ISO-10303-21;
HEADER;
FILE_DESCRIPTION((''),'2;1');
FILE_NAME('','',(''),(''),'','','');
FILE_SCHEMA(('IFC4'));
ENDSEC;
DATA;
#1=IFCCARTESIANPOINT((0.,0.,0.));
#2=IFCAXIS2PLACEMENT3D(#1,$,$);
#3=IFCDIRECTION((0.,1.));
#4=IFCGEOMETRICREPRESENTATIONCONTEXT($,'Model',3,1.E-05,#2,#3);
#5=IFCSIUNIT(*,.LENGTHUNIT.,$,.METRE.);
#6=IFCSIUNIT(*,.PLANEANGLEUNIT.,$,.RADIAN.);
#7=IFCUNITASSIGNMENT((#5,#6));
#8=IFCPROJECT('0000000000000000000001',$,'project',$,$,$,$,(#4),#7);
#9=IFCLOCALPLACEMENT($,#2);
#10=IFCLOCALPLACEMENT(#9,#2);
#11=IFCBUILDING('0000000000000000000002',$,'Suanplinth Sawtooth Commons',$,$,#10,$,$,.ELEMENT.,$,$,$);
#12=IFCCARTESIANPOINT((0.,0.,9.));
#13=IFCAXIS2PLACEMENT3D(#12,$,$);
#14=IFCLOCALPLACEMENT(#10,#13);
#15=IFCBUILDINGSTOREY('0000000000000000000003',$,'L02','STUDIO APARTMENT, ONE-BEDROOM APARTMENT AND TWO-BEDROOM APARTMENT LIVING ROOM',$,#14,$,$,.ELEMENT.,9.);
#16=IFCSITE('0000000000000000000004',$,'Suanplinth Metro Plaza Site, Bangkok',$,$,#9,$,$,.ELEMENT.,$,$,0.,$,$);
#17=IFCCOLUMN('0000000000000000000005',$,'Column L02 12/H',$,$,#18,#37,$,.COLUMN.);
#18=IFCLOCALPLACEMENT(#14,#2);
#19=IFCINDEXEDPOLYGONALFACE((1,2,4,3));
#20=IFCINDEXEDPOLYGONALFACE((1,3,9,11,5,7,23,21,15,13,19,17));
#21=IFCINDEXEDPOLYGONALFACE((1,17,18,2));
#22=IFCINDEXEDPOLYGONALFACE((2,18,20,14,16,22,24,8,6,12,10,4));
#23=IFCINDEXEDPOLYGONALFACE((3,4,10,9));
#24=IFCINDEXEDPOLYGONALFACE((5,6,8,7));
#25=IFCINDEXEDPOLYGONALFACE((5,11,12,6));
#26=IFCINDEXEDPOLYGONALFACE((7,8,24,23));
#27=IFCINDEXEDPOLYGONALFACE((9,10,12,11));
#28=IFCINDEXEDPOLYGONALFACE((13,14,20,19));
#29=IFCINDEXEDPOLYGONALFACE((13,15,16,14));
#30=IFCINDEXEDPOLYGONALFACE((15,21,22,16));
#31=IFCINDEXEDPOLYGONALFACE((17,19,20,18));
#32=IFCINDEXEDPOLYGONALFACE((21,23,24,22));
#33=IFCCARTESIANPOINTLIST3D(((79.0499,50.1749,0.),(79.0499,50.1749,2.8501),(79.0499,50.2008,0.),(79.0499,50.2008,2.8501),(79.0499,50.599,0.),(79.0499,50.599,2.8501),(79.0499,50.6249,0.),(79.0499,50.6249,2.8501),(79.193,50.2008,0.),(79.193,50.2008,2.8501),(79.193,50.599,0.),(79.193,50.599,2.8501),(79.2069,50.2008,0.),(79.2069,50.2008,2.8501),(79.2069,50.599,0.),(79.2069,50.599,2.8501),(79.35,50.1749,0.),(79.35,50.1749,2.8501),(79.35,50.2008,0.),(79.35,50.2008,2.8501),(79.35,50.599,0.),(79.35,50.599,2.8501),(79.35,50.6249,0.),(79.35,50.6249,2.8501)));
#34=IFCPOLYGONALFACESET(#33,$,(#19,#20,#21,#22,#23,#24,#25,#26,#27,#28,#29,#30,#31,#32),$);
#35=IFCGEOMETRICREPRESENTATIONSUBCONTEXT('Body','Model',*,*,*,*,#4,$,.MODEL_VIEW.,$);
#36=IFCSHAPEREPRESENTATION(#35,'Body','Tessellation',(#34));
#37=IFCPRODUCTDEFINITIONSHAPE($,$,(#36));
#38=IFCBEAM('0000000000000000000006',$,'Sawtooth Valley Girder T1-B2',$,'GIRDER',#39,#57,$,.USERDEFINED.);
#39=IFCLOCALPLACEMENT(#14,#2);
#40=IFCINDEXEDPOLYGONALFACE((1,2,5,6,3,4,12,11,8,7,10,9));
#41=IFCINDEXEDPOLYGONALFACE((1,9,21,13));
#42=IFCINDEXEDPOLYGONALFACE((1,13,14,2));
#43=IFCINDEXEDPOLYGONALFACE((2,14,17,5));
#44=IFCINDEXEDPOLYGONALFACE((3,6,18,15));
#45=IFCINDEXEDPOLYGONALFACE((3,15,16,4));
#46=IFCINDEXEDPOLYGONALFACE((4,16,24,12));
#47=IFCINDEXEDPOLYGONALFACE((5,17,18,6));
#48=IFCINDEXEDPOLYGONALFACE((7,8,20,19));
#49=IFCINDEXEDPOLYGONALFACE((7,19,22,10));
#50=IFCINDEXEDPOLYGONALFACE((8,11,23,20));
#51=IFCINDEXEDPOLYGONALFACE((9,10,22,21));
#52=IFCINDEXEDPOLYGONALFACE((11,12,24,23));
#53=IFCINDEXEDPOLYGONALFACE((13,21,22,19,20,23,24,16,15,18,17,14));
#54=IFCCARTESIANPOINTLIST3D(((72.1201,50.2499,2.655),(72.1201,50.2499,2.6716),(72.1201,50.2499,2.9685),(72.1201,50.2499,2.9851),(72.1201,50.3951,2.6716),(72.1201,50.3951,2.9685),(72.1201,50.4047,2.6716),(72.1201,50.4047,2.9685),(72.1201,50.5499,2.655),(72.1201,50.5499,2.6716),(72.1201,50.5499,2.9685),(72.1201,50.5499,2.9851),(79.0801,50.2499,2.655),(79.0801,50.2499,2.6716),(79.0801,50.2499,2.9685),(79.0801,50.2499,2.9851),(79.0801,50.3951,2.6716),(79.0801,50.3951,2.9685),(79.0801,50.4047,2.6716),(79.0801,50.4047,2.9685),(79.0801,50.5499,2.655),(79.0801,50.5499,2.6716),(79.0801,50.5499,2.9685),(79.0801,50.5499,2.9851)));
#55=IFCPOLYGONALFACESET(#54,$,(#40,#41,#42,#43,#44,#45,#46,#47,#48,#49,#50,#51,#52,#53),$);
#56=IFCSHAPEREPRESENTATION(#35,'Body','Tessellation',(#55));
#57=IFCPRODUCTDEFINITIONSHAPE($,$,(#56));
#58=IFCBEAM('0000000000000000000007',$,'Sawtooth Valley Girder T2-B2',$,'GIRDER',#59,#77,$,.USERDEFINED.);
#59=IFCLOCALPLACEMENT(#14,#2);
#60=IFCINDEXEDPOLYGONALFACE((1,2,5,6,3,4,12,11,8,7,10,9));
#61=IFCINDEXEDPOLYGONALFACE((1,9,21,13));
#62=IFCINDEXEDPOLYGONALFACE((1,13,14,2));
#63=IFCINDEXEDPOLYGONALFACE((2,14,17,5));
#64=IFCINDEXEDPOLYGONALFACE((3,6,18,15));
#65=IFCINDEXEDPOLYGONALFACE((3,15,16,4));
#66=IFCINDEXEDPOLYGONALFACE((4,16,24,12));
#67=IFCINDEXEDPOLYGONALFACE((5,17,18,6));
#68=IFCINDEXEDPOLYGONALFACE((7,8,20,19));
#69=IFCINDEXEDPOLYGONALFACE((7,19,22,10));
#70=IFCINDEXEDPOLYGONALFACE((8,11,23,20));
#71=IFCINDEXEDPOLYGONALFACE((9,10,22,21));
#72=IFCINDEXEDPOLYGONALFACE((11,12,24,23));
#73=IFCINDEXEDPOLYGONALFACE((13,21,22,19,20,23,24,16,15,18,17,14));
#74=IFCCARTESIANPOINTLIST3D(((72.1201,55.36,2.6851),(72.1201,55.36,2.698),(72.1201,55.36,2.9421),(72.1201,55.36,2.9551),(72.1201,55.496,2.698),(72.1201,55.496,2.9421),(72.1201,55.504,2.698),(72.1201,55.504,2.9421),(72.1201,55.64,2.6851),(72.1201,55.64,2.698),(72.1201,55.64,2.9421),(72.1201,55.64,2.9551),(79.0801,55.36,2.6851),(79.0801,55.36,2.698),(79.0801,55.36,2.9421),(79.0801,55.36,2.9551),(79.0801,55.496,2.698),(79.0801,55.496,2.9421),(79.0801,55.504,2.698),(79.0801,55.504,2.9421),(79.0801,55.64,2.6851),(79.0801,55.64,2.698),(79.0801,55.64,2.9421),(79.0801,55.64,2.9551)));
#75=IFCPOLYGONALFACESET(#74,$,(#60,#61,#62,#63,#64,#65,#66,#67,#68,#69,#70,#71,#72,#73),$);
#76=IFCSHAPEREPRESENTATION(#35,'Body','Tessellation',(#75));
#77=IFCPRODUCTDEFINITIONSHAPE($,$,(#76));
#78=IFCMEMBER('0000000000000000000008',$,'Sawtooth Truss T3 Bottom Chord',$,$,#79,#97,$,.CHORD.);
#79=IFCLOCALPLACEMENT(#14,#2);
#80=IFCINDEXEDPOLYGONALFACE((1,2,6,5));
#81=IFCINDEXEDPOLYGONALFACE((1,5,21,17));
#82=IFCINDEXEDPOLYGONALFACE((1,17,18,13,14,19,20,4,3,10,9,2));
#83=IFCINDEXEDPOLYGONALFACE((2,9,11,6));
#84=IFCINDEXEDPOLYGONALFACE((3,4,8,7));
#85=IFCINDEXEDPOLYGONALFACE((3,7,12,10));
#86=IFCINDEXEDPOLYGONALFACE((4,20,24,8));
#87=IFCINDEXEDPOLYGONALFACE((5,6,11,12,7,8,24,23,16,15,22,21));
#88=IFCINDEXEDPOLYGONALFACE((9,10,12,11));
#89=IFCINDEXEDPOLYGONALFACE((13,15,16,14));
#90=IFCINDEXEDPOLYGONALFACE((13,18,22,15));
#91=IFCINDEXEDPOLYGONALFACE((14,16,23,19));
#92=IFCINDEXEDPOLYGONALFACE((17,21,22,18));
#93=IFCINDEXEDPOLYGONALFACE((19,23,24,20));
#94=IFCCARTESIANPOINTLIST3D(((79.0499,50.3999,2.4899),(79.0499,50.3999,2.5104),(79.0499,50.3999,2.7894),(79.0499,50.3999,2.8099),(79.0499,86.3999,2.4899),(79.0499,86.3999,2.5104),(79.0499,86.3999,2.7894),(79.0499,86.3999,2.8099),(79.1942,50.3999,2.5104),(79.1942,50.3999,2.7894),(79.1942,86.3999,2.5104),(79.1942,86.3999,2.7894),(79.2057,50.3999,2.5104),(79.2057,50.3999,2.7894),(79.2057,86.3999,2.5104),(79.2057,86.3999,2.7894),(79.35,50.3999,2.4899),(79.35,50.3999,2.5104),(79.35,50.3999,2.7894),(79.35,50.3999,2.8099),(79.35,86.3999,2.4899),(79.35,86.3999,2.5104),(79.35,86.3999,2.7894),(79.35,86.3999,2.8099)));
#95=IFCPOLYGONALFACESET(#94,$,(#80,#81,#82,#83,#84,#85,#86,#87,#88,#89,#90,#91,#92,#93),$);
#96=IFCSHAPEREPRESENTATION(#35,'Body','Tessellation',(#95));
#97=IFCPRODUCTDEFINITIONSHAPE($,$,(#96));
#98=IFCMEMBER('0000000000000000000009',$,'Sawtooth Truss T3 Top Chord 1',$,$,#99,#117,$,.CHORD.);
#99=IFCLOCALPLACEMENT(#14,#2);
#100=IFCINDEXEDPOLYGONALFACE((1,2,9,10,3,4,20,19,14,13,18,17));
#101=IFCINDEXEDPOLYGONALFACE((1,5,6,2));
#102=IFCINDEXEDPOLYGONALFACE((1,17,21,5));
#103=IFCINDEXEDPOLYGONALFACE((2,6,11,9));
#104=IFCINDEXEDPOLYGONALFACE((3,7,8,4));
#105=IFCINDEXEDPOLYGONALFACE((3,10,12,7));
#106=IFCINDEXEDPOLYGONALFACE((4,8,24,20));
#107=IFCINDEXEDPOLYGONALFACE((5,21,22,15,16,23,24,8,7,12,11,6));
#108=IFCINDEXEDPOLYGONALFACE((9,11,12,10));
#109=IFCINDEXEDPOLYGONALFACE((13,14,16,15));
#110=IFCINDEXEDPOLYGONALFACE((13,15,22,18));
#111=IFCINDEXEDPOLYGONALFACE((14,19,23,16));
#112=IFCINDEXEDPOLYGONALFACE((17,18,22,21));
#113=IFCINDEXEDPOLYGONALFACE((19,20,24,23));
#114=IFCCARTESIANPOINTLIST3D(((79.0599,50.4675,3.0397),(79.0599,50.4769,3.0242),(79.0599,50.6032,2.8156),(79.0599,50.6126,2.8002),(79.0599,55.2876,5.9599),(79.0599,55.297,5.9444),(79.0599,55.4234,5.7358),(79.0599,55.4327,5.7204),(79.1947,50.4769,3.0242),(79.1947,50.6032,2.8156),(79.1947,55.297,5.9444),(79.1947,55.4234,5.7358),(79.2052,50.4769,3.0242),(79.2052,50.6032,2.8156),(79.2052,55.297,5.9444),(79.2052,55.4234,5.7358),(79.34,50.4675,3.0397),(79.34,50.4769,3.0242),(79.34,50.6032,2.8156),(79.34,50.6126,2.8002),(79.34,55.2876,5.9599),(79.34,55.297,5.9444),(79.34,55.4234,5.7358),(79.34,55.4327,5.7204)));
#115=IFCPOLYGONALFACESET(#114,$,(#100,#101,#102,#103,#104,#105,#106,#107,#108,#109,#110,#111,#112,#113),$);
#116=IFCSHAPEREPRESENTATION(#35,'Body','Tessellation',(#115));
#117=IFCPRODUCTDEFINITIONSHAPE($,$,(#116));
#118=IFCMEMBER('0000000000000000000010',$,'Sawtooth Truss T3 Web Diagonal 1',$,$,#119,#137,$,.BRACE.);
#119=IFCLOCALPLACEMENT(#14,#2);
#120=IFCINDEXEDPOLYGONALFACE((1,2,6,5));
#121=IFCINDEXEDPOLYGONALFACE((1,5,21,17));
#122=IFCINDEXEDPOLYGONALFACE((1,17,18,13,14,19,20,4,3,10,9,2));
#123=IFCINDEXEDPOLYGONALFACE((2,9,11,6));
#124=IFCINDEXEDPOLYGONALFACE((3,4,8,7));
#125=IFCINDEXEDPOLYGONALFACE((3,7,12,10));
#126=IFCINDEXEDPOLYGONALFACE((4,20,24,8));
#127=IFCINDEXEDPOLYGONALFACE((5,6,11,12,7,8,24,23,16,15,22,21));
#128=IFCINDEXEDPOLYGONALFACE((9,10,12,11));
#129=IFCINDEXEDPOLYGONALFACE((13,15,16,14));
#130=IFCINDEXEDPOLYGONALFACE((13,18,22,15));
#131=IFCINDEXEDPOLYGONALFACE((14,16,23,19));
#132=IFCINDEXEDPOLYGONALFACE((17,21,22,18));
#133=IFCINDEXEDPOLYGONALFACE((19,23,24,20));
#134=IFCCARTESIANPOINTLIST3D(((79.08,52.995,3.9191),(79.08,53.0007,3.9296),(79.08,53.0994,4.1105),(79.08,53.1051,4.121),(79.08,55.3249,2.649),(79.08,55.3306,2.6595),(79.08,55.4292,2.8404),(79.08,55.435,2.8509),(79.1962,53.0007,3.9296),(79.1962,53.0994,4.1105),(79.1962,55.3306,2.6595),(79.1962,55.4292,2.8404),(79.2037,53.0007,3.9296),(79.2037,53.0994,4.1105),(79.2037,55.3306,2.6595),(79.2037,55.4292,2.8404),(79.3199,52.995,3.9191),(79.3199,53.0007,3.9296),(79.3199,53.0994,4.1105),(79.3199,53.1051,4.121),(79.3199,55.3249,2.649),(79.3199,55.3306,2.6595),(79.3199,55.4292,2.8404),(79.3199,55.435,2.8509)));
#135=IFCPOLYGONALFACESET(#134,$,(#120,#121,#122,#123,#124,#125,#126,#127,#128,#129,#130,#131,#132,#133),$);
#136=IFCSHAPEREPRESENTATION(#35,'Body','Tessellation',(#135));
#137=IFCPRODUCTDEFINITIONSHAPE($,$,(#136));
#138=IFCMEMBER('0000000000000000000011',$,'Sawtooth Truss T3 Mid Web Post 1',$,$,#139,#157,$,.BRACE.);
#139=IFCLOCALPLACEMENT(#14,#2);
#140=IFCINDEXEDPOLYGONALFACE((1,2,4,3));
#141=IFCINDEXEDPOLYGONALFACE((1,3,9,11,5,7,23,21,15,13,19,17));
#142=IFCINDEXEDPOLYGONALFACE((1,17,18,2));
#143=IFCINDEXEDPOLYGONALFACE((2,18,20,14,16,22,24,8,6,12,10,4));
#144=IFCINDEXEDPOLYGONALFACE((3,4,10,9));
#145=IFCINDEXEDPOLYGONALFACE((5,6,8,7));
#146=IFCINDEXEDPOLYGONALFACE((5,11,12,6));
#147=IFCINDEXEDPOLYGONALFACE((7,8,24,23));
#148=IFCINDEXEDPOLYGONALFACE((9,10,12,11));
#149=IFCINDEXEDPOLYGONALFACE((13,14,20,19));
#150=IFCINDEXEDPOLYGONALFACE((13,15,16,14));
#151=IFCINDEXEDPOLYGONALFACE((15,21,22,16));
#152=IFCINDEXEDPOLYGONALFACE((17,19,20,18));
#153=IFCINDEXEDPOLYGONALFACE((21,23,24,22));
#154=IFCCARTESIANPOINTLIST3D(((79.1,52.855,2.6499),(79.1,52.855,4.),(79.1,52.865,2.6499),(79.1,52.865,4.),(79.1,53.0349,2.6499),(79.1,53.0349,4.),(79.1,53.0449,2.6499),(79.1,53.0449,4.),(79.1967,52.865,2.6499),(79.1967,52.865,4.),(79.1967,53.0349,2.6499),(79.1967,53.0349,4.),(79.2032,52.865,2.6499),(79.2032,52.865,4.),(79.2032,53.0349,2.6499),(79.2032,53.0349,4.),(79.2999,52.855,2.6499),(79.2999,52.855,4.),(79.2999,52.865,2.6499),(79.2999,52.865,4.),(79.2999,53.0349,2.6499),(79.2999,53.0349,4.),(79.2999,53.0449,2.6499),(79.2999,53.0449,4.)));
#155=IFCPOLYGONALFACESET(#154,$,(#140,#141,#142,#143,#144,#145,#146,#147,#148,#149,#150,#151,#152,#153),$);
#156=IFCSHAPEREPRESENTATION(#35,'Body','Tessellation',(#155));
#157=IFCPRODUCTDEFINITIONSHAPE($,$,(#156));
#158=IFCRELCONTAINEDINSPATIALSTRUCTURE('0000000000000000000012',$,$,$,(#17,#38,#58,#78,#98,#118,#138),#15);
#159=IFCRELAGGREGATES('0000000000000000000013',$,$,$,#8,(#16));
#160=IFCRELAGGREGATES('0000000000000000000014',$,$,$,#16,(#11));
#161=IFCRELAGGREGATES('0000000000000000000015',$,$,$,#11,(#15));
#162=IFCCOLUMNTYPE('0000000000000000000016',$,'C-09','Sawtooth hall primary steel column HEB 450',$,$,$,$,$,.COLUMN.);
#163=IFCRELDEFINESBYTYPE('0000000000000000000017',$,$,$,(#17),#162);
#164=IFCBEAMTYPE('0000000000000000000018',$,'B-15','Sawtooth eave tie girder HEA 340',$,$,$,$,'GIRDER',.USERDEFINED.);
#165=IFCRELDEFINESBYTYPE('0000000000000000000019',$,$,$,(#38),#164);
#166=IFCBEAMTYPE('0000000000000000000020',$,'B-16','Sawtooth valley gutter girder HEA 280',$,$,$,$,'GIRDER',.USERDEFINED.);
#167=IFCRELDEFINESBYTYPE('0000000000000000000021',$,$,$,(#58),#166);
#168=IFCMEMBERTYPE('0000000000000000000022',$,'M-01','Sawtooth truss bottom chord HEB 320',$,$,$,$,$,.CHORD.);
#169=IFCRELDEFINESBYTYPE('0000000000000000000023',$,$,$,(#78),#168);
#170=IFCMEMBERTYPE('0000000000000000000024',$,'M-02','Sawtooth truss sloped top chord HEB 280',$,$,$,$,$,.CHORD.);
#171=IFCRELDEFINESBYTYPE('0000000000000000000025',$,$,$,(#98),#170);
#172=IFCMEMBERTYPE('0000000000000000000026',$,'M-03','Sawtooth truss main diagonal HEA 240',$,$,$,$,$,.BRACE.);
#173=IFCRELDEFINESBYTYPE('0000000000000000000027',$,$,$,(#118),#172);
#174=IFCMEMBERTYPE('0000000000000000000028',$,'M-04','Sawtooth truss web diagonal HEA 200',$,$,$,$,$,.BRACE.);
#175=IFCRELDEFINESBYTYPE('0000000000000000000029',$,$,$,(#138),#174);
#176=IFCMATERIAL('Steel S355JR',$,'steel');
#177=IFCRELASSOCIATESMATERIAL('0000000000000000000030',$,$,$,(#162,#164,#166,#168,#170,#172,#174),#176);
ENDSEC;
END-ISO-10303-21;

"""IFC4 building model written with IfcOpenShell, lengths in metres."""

from ifc_helpers import new_model, si_unit, direction, frame, origin, origin_2d, place, context, subcontext, project, spatial, i_section, extrude, material, material_profile, profile_set, type_object, element, save


model = new_model("IFC4")

# Units and contexts
model_context = context("Model", 3, precision=1e-05, world=origin(), true_north=direction((0.0, 1.0)))
body_context = subcontext(model_context, "Body", "Model", "MODEL_VIEW")
ifc_project = project(units=[si_unit("LENGTHUNIT", "METRE"), si_unit("PLANEANGLEUNIT", "RADIAN")], contexts=[model_context])

# Site, building, storey
site_placement = place(None, origin())
site = spatial("IfcSite", under=ifc_project, at=site_placement, Name="Suanplinth Metro Plaza Site, Bangkok", CompositionType="ELEMENT", RefElevation=0.0)
building_placement = place(site_placement, origin())
building = spatial("IfcBuilding", under=site, at=building_placement, Name="Suanplinth Sawtooth Commons", CompositionType="ELEMENT")
storey_placement = place(building_placement, frame((0.0, 0.0, 9.0)))
storey = spatial("IfcBuildingStorey", under=building, at=storey_placement, Name="L02", Description="STUDIO APARTMENT, ONE-BEDROOM APARTMENT AND TWO-BEDROOM APARTMENT LIVING ROOM", CompositionType="ELEMENT", Elevation=9.0)

# Column
ifc_material_1 = material(Name="Steel S355JR", Category="steel")
ifc_material_profile_1 = material_profile(ifc_material_1, i_section(OverallWidth=0.3, OverallDepth=0.45, WebThickness=0.0139, FlangeThickness=0.0259, at=origin_2d()), Name="HEB 450")
ifc_profile_set_1 = profile_set([ifc_material_profile_1], Name="Steel S355JR")
column_type = type_object("IfcColumnType", Name="C-09", Description="Sawtooth hall primary steel column HEB 450", PredefinedType="COLUMN", material=ifc_profile_set_1)
column_placement = place(storey_placement, frame((79.2, 50.3999, 0.0), z_axis=(0.0, 0.0, 1.0), x_axis=(1.0, 0.0, 0.0)))
element("IfcColumn", 1, at=column_placement, inside=storey, type_object=column_type, Name="Column L02 12/H", PredefinedType="COLUMN", context=body_context, shape_type="SweptSolid", body=[
    extrude(i_section(OverallWidth=0.3, OverallDepth=0.45, WebThickness=0.0139, FlangeThickness=0.0259, at=origin_2d()), origin(), (0.0, 0.0, 1.0), 2.8501),
])

# Beams
ifc_material_profile_2 = material_profile(ifc_material_1, i_section(OverallWidth=0.3, OverallDepth=0.3301, WebThickness=0.0095, FlangeThickness=0.0166, at=origin_2d()), Name="HEA 340")
ifc_profile_set_2 = profile_set([ifc_material_profile_2], Name="Steel S355JR")
beam_type_1 = type_object("IfcBeamType", Name="B-15", Description="Sawtooth eave tie girder HEA 340", ElementType="GIRDER", PredefinedType="USERDEFINED", material=ifc_profile_set_2)
beam_1_placement = place(storey_placement, frame((72.1201, 50.3999, 2.8201), z_axis=(1.0, 0.0, 0.0), x_axis=(0.0, 1.0, 0.0)))
element("IfcBeam", 2, at=beam_1_placement, inside=storey, type_object=beam_type_1, Name="Sawtooth Valley Girder T1-B2", ObjectType="GIRDER", PredefinedType="USERDEFINED", context=body_context, shape_type="SweptSolid", body=[
    extrude(i_section(OverallWidth=0.3, OverallDepth=0.3301, WebThickness=0.0095, FlangeThickness=0.0166, at=origin_2d()), origin(), (0.0, 0.0, 1.0), 6.96),
])
ifc_material_profile_3 = material_profile(ifc_material_1, i_section(OverallWidth=0.28, OverallDepth=0.27, WebThickness=0.0081, FlangeThickness=0.0129, at=origin_2d()), Name="HEA 280")
ifc_profile_set_3 = profile_set([ifc_material_profile_3], Name="Steel S355JR")
beam_type_2 = type_object("IfcBeamType", Name="B-16", Description="Sawtooth valley gutter girder HEA 280", ElementType="GIRDER", PredefinedType="USERDEFINED", material=ifc_profile_set_3)
beam_2_placement = place(storey_placement, frame((72.1201, 55.5, 2.8201), z_axis=(1.0, 0.0, 0.0), x_axis=(0.0, 1.0, 0.0)))
element("IfcBeam", 3, at=beam_2_placement, inside=storey, type_object=beam_type_2, Name="Sawtooth Valley Girder T2-B2", ObjectType="GIRDER", PredefinedType="USERDEFINED", context=body_context, shape_type="SweptSolid", body=[
    extrude(i_section(OverallWidth=0.28, OverallDepth=0.27, WebThickness=0.0081, FlangeThickness=0.0129, at=origin_2d()), origin(), (0.0, 0.0, 1.0), 6.96),
])

# Members
ifc_material_profile_4 = material_profile(ifc_material_1, i_section(OverallWidth=0.3, OverallDepth=0.3201, WebThickness=0.0115, FlangeThickness=0.0205, at=origin_2d()), Name="HEB 320")
ifc_profile_set_4 = profile_set([ifc_material_profile_4], Name="Steel S355JR")
member_type_1 = type_object("IfcMemberType", Name="M-01", Description="Sawtooth truss bottom chord HEB 320", PredefinedType="CHORD", material=ifc_profile_set_4)
member_1_placement = place(storey_placement, frame((79.2, 50.3999, 2.6499), z_axis=(0.0, 1.0, 0.0), x_axis=(-1.0, 0.0, 0.0)))
element("IfcMember", 4, at=member_1_placement, inside=storey, type_object=member_type_1, Name="Sawtooth Truss T3 Bottom Chord", PredefinedType="CHORD", context=body_context, shape_type="SweptSolid", body=[
    extrude(i_section(OverallWidth=0.3, OverallDepth=0.3201, WebThickness=0.0115, FlangeThickness=0.0205, at=origin_2d()), origin(), (0.0, 0.0, 1.0), 36.0),
])
ifc_material_profile_5 = material_profile(ifc_material_1, i_section(OverallWidth=0.28, OverallDepth=0.28, WebThickness=0.0105, FlangeThickness=0.0181, at=origin_2d()), Name="HEB 280")
ifc_profile_set_5 = profile_set([ifc_material_profile_5], Name="Steel S355JR")
member_type_2 = type_object("IfcMemberType", Name="M-02", Description="Sawtooth truss sloped top chord HEB 280", PredefinedType="CHORD", material=ifc_profile_set_5)
member_2_placement = place(storey_placement, frame((79.2, 50.54, 2.9199), z_axis=(0.0, 0.855283, 0.518161), x_axis=(-1.0, 0.0, 0.0)))
element("IfcMember", 5, at=member_2_placement, inside=storey, type_object=member_type_2, Name="Sawtooth Truss T3 Top Chord 1", PredefinedType="CHORD", context=body_context, shape_type="SweptSolid", body=[
    extrude(i_section(OverallWidth=0.28, OverallDepth=0.28, WebThickness=0.0105, FlangeThickness=0.0181, at=origin_2d()), origin(), (0.0, 0.0, 1.0), 5.6357),
])
ifc_material_profile_6 = material_profile(ifc_material_1, i_section(OverallWidth=0.24, OverallDepth=0.23, WebThickness=0.0076, FlangeThickness=0.012, at=origin_2d()), Name="HEA 240")
ifc_profile_set_6 = profile_set([ifc_material_profile_6], Name="Steel S355JR")
member_type_3 = type_object("IfcMemberType", Name="M-03", Description="Sawtooth truss main diagonal HEA 240", PredefinedType="BRACE", material=ifc_profile_set_6)
member_3_placement = place(storey_placement, frame((79.2, 53.05, 4.02), z_axis=(0.0, 0.878022, -0.47862), x_axis=(-1.0, 0.0, 0.0)))
element("IfcMember", 6, at=member_3_placement, inside=storey, type_object=member_type_3, Name="Sawtooth Truss T3 Web Diagonal 1", PredefinedType="BRACE", context=body_context, shape_type="SweptSolid", body=[
    extrude(i_section(OverallWidth=0.24, OverallDepth=0.23, WebThickness=0.0076, FlangeThickness=0.012, at=origin_2d()), origin(), (0.0, 0.0, 1.0), 2.6536),
])
ifc_material_profile_7 = material_profile(ifc_material_1, i_section(OverallWidth=0.2, OverallDepth=0.1899, WebThickness=0.0066, FlangeThickness=0.01, at=origin_2d()), Name="HEA 200")
ifc_profile_set_7 = profile_set([ifc_material_profile_7], Name="Steel S355JR")
member_type_4 = type_object("IfcMemberType", Name="M-04", Description="Sawtooth truss web diagonal HEA 200", PredefinedType="BRACE", material=ifc_profile_set_7)
member_4_placement = place(storey_placement, frame((79.2, 52.95, 2.6499), z_axis=(0.0, 0.0, 1.0), x_axis=(1.0, 0.0, 0.0)))
element("IfcMember", 7, at=member_4_placement, inside=storey, type_object=member_type_4, Name="Sawtooth Truss T3 Mid Web Post 1", PredefinedType="BRACE", context=body_context, shape_type="SweptSolid", body=[
    extrude(i_section(OverallWidth=0.2, OverallDepth=0.1899, WebThickness=0.0066, FlangeThickness=0.01, at=origin_2d()), origin(), (0.0, 0.0, 1.0), 1.3501),
])

save(model, "model.ifc")
